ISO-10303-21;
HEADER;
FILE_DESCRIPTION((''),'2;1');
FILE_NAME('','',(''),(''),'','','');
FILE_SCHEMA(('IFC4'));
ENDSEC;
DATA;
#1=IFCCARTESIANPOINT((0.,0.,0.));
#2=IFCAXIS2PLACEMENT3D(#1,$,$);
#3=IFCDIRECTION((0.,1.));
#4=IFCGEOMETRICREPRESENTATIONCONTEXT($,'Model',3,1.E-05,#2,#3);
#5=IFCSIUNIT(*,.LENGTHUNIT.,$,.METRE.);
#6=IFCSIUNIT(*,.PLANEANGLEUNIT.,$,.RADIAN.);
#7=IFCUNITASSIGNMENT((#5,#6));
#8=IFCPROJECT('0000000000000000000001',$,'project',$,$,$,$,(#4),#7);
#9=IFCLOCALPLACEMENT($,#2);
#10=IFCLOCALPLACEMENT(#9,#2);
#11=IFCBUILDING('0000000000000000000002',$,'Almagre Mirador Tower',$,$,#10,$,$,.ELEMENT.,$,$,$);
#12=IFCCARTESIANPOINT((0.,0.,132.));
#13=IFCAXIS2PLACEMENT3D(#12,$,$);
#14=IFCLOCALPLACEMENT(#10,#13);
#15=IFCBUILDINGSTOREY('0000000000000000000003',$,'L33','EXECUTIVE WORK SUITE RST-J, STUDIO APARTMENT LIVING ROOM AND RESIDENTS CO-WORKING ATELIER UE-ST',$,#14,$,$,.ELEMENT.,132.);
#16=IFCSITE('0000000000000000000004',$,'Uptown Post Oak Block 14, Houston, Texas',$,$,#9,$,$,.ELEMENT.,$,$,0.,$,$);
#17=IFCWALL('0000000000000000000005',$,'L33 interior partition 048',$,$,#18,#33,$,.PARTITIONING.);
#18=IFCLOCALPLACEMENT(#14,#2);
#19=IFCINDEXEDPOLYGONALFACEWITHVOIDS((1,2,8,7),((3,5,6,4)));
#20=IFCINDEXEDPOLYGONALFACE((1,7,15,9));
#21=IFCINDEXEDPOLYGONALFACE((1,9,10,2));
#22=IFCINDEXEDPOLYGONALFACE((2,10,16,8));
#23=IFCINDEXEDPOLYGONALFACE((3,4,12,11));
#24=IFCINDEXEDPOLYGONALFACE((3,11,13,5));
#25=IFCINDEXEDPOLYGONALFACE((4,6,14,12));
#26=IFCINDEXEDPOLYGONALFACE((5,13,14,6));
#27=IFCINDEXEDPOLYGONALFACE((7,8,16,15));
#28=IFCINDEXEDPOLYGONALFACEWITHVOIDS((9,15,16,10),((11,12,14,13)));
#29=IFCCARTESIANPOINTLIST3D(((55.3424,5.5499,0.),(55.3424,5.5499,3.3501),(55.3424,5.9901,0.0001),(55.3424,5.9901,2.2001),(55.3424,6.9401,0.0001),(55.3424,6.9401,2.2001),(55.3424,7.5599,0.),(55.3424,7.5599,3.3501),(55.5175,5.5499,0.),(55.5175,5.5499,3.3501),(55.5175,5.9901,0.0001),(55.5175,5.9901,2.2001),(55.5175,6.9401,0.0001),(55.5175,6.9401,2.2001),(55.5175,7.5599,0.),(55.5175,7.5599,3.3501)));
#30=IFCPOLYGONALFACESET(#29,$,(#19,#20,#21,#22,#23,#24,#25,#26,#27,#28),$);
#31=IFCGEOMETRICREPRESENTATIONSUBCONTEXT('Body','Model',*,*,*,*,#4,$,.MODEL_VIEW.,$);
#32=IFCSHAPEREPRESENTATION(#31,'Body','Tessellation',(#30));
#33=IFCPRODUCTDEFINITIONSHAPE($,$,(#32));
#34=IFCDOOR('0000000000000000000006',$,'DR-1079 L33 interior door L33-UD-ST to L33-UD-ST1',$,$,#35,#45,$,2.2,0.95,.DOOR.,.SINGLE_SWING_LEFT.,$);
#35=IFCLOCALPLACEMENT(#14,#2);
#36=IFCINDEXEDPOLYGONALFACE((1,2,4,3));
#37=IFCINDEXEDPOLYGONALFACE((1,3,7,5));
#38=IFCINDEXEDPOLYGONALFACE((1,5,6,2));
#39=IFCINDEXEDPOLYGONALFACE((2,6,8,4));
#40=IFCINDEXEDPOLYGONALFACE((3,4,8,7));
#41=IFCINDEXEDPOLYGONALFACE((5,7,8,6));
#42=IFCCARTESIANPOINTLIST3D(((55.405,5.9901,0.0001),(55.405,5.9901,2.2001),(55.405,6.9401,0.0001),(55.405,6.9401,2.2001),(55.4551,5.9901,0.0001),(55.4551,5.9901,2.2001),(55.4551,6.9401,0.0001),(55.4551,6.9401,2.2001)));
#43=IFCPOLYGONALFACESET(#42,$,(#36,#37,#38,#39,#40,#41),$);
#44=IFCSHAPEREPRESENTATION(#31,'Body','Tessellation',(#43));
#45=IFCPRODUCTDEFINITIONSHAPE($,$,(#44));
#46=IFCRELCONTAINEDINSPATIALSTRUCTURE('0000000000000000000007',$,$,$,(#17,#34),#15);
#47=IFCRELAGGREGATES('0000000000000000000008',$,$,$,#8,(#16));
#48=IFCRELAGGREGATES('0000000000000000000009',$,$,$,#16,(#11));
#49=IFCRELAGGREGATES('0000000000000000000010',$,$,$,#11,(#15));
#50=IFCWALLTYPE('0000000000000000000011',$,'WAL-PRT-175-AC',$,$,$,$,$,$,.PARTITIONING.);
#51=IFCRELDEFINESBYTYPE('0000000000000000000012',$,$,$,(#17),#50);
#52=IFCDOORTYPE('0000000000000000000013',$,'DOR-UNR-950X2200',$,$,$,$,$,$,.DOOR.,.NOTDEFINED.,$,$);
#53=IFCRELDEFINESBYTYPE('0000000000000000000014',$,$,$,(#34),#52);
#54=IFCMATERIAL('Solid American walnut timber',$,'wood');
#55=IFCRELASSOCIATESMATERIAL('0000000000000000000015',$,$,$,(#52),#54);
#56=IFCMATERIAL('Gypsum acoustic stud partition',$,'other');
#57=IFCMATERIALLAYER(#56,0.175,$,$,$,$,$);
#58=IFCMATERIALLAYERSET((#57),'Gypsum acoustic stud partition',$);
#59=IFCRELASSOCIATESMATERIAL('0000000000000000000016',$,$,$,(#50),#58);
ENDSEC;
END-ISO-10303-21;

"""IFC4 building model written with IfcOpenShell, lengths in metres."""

from ifc_helpers import new_model, si_unit, direction, frame, frame_2d, origin, place, context, subcontext, project, spatial, rectangle, extrude, material, layer, layer_set, type_object, element, fill, save


model = new_model("IFC4")

# Units and contexts
model_context = context("Model", 3, precision=1e-05, world=origin(), true_north=direction((0.0, 1.0)))
body_context = subcontext(model_context, "Body", "Model", "MODEL_VIEW")
ifc_project = project(units=[si_unit("LENGTHUNIT", "METRE"), si_unit("PLANEANGLEUNIT", "RADIAN")], contexts=[model_context])

# Site, building, storey
site_placement = place(None, origin())
site = spatial("IfcSite", under=ifc_project, at=site_placement, Name="Uptown Post Oak Block 14, Houston, Texas", CompositionType="ELEMENT", RefElevation=0.0)
building_placement = place(site_placement, origin())
building = spatial("IfcBuilding", under=site, at=building_placement, Name="Almagre Mirador Tower", CompositionType="ELEMENT")
storey_placement = place(building_placement, frame((0.0, 0.0, 132.0)))
storey = spatial("IfcBuildingStorey", under=building, at=storey_placement, Name="L33", Description="EXECUTIVE WORK SUITE RST-J, STUDIO APARTMENT LIVING ROOM AND RESIDENTS CO-WORKING ATELIER UE-ST", CompositionType="ELEMENT", Elevation=132.0)

# Shared definitions
ifc_material_1 = material(Name="Solid American walnut timber", Category="wood")
door_type_1 = type_object("IfcDoorType", Name="DOR-UNR-950X2200", OperationType="NOTDEFINED", PredefinedType="DOOR", material=ifc_material_1)

# Wall, opening, door
ifc_material_2 = material(Name="Gypsum acoustic stud partition", Category="other")
ifc_layer_1 = layer(ifc_material_2, 0.175)
ifc_layer_set_1 = layer_set([ifc_layer_1], Name="Gypsum acoustic stud partition")
wall_type_1 = type_object("IfcWallType", Name="WAL-PRT-175-AC", PredefinedType="PARTITIONING", material=ifc_layer_set_1)
wall_1_placement = place(storey_placement, frame((55.4299, 5.55, 0.0), z_axis=(0.0, 0.0, 1.0), x_axis=(0.0, 1.0, 0.0)))
wall_1 = element("IfcWall", 1, at=wall_1_placement, inside=storey, type_object=wall_type_1, Name="L33 interior partition 048", PredefinedType="PARTITIONING", context=body_context, shape_type="SweptSolid", body=[
    extrude(rectangle(XDim=2.01, YDim=0.175, at=frame_2d((1.0049, 0.0))), origin(), (0.0, 0.0, 1.0), 3.3501),
])
opening_1_placement = place(wall_1_placement, frame((0.4399, 0.0, 0.0)))
opening_1 = element("IfcOpeningElement", 2, at=opening_1_placement, cuts=wall_1, PredefinedType="OPENING", context=body_context, shape_type="SweptSolid", body=[
    extrude(rectangle(XDim=0.95, YDim=2.2, at=frame_2d((0.4751, 1.1001))), frame((0.0, 0.0974, 0.0), z_axis=(0.0, -1.0, 0.0), x_axis=(1.0, 0.0, 0.0)), (0.0, 0.0, 1.0), 0.195),
])
door_1_placement = place(opening_1_placement, origin())
door_1 = element("IfcDoor", 3, at=door_1_placement, inside=storey, type_object=door_type_1, Name="DR-1079 L33 interior door L33-UD-ST to L33-UD-ST1", OperationType="SINGLE_SWING_LEFT", OverallHeight=2.2, OverallWidth=0.95, PredefinedType="DOOR", context=body_context, shape_type="SweptSolid", body=[
    extrude(rectangle(XDim=0.95, YDim=2.2, at=frame_2d((0.4751, 1.1001))), frame((0.0, 0.0249, 0.0), z_axis=(0.0, -1.0, 0.0), x_axis=(1.0, 0.0, 0.0)), (0.0, 0.0, 1.0), 0.05),
])
fill(opening_1, door_1)

save(model, "model.ifc")
